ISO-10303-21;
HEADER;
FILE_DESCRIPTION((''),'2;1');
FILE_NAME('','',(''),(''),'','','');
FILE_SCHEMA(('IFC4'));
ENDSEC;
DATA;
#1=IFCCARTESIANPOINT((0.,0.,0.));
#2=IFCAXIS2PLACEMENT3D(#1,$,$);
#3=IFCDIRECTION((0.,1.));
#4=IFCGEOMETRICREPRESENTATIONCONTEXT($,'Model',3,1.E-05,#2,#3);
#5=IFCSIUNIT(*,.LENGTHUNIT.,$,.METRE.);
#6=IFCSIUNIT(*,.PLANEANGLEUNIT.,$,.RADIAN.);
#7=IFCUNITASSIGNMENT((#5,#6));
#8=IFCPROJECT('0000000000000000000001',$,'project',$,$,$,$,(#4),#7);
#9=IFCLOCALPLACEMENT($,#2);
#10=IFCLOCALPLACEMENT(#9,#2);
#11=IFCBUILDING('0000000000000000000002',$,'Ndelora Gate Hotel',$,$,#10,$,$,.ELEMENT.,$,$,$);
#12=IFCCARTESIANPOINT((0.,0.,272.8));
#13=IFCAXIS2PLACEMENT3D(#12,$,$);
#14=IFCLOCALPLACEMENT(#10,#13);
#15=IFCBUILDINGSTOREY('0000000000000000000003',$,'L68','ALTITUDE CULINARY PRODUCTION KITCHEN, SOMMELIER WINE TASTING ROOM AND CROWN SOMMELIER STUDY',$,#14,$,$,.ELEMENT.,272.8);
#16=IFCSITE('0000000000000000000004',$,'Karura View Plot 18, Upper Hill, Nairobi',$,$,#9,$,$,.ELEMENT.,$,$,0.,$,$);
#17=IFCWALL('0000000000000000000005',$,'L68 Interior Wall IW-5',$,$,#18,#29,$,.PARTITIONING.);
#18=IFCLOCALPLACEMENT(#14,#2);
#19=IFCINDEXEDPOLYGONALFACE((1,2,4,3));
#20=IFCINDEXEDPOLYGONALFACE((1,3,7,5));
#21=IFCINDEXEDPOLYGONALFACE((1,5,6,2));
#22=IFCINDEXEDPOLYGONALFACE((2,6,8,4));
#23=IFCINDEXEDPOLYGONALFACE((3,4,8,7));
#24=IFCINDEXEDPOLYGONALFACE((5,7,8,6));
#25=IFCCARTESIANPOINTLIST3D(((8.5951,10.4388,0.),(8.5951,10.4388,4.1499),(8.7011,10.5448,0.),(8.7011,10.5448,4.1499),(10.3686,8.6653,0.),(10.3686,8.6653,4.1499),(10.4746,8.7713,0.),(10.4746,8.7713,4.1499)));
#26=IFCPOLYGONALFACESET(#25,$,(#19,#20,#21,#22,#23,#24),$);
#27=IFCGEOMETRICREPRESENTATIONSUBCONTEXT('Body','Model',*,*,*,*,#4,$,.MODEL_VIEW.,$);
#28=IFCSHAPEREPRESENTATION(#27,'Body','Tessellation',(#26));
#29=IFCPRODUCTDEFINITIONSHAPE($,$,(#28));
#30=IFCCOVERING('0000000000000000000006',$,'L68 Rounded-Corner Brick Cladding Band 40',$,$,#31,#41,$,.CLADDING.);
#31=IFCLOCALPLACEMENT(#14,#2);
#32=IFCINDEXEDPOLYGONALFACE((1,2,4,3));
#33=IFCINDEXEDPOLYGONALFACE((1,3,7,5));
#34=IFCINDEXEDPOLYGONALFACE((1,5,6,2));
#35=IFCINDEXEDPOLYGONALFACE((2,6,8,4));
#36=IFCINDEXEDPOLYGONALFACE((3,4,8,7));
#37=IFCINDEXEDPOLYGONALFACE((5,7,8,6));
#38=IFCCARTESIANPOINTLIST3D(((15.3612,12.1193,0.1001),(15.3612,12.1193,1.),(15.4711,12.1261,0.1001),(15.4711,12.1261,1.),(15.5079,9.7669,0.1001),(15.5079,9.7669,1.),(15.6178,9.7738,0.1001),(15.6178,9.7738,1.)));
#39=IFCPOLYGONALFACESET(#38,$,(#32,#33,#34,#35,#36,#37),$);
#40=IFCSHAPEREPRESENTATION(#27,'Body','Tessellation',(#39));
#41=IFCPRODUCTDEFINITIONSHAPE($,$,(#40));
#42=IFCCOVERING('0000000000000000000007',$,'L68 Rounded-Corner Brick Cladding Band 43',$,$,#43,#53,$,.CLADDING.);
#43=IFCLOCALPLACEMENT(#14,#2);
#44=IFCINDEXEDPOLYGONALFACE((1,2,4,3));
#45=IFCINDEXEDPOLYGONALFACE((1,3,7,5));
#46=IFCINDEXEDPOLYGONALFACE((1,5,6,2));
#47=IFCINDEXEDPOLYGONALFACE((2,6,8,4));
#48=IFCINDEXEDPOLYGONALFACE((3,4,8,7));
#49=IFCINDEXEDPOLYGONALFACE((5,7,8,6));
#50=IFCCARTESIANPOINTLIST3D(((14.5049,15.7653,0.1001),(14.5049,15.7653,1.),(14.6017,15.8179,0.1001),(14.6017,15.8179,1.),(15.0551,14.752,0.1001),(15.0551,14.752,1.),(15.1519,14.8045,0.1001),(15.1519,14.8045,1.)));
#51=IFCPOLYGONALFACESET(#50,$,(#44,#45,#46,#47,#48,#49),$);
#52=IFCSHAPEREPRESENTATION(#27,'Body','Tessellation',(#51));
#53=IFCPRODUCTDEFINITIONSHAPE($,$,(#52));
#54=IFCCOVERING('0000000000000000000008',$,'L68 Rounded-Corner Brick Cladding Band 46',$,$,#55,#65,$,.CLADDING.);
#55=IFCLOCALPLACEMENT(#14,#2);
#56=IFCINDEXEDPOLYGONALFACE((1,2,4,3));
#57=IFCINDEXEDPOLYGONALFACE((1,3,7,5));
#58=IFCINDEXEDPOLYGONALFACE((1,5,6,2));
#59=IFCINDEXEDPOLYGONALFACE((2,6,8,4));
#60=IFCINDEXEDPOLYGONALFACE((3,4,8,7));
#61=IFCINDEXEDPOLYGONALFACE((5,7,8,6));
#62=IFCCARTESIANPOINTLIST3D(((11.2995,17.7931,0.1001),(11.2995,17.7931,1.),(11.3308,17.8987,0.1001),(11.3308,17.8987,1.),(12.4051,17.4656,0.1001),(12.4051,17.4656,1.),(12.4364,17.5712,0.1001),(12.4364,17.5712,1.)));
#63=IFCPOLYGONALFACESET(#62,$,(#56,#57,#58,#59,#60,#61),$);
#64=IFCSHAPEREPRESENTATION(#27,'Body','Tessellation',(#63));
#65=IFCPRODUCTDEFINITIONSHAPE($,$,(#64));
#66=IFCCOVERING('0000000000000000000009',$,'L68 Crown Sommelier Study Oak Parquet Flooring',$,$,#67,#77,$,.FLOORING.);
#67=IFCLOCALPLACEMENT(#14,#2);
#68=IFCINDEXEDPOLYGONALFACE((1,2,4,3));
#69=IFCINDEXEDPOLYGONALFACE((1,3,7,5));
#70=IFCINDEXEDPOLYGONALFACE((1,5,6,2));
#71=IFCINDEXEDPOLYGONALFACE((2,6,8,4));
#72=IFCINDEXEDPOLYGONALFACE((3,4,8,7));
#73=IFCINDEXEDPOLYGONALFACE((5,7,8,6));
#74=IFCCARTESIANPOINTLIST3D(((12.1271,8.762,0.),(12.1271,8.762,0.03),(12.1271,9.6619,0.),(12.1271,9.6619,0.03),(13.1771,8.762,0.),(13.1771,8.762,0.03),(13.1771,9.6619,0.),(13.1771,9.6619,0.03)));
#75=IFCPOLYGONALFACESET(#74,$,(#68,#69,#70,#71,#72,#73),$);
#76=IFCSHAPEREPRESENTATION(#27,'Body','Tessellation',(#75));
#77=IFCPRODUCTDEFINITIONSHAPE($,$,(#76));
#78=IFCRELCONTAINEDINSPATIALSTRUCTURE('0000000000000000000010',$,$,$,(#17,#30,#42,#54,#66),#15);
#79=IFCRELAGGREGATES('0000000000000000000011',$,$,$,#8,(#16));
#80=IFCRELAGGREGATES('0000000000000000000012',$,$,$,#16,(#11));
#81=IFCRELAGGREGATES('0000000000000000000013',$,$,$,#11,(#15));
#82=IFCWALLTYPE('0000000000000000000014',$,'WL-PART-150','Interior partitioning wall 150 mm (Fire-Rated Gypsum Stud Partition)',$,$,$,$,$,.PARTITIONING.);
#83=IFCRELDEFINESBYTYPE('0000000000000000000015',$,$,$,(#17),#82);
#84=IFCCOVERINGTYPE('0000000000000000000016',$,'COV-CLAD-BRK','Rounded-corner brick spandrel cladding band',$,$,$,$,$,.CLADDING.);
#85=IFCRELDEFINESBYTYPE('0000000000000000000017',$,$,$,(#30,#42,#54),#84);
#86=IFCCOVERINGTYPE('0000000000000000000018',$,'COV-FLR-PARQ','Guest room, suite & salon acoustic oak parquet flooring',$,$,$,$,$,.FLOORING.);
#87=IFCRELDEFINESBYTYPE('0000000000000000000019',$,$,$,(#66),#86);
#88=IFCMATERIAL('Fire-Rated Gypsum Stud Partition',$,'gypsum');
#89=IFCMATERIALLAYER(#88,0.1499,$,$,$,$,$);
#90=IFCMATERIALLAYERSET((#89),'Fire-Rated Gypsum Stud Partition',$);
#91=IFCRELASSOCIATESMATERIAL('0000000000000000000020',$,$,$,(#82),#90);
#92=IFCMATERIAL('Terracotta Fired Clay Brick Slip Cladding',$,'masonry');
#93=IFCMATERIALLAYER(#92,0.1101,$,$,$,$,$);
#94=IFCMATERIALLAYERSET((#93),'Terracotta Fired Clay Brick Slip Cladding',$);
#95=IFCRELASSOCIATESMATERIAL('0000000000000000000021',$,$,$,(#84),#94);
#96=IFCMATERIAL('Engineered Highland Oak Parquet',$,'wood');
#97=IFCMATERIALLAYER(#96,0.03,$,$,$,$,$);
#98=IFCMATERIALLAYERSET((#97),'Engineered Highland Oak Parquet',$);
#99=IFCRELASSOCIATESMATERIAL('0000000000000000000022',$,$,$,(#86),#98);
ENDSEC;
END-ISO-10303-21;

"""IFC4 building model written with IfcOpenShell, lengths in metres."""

from ifc_helpers import new_model, si_unit, direction, frame, frame_2d, origin, origin_2d, place, context, subcontext, project, spatial, rectangle, extrude, material, layer, layer_set, type_object, element, save


model = new_model("IFC4")

# Units and contexts
model_context = context("Model", 3, precision=1e-05, world=origin(), true_north=direction((0.0, 1.0)))
body_context = subcontext(model_context, "Body", "Model", "MODEL_VIEW")
ifc_project = project(units=[si_unit("LENGTHUNIT", "METRE"), si_unit("PLANEANGLEUNIT", "RADIAN")], contexts=[model_context])

# Site, building, storey
site_placement = place(None, origin())
site = spatial("IfcSite", under=ifc_project, at=site_placement, Name="Karura View Plot 18, Upper Hill, Nairobi", CompositionType="ELEMENT", RefElevation=0.0)
building_placement = place(site_placement, origin())
building = spatial("IfcBuilding", under=site, at=building_placement, Name="Ndelora Gate Hotel", CompositionType="ELEMENT")
storey_placement = place(building_placement, frame((0.0, 0.0, 272.8)))
storey = spatial("IfcBuildingStorey", under=building, at=storey_placement, Name="L68", Description="ALTITUDE CULINARY PRODUCTION KITCHEN, SOMMELIER WINE TASTING ROOM AND CROWN SOMMELIER STUDY", CompositionType="ELEMENT", Elevation=272.8)

# Shared definitions
ifc_material_1 = material(Name="Fire-Rated Gypsum Stud Partition", Category="gypsum")
ifc_layer_1 = layer(ifc_material_1, 0.1499)
ifc_layer_set_1 = layer_set([ifc_layer_1], Name="Fire-Rated Gypsum Stud Partition")
wall_type_1 = type_object("IfcWallType", Name="WL-PART-150", Description="Interior partitioning wall 150 mm (Fire-Rated Gypsum Stud Partition)", PredefinedType="PARTITIONING", material=ifc_layer_set_1)

# Wall
wall_1_placement = place(storey_placement, frame((8.6482, 10.4917, 0.0), z_axis=(0.0, 0.0, 1.0), x_axis=(0.707107, -0.707107, 0.0)))
element("IfcWall", 1, at=wall_1_placement, inside=storey, type_object=wall_type_1, Name="L68 Interior Wall IW-5", PredefinedType="PARTITIONING", context=body_context, shape_type="SweptSolid", body=[
    extrude(rectangle(XDim=2.5081, YDim=0.1499, at=frame_2d((1.2539, 0.0))), origin(), (0.0, 0.0, 1.0), 4.1499),
])

# Coverings
ifc_material_2 = material(Name="Terracotta Fired Clay Brick Slip Cladding", Category="masonry")
ifc_layer_2 = layer(ifc_material_2, 0.1101)
ifc_layer_set_2 = layer_set([ifc_layer_2], Name="Terracotta Fired Clay Brick Slip Cladding")
covering_type_1 = type_object("IfcCoveringType", Name="COV-CLAD-BRK", Description="Rounded-corner brick spandrel cladding band", PredefinedType="CLADDING", material=ifc_layer_set_2)
covering_1_placement = place(storey_placement, frame((15.4895, 10.9465, 0.1001), z_axis=(0.0, 0.0, 1.0), x_axis=(-0.062268, 0.998059, 0.0)))
element("IfcCovering", 2, at=covering_1_placement, inside=storey, type_object=covering_type_1, Name="L68 Rounded-Corner Brick Cladding Band 40", PredefinedType="CLADDING", context=body_context, shape_type="SweptSolid", body=[
    extrude(rectangle(XDim=2.3569, YDim=0.1101, at=origin_2d()), origin(), (0.0, 0.0, 1.0), 0.8999),
])
for number, where, z_axis, x_axis, name in (
    (3, (14.8284, 15.2849, 0.1001), (0.0, 0.0, 1.0), (-0.477159, 0.878817, 0.0), "L68 Rounded-Corner Brick Cladding Band 43"),
    (4, (11.8679, 17.6821, 0.1001), (0.0, 0.0, 1.0), (-0.95882, 0.284015, 0.0), "L68 Rounded-Corner Brick Cladding Band 46"),
):
    element("IfcCovering", number, at=place(storey_placement, frame(where, z_axis=z_axis, x_axis=x_axis)), inside=storey, type_object=covering_type_1, Name=name, PredefinedType="CLADDING", context=body_context, shape_type="SweptSolid", body=[
        extrude(rectangle(XDim=1.1531, YDim=0.1101, at=origin_2d()), origin(), (0.0, 0.0, 1.0), 0.8999),
    ])
ifc_material_3 = material(Name="Engineered Highland Oak Parquet", Category="wood")
ifc_layer_3 = layer(ifc_material_3, 0.03)
ifc_layer_set_3 = layer_set([ifc_layer_3], Name="Engineered Highland Oak Parquet")
covering_type_2 = type_object("IfcCoveringType", Name="COV-FLR-PARQ", Description="Guest room, suite & salon acoustic oak parquet flooring", PredefinedType="FLOORING", material=ifc_layer_set_3)
covering_2_placement = place(storey_placement, frame((12.6521, 9.2119, 0.0), z_axis=(0.0, 0.0, 1.0), x_axis=(1.0, 0.0, 0.0)))
element("IfcCovering", 5, at=covering_2_placement, inside=storey, type_object=covering_type_2, Name="L68 Crown Sommelier Study Oak Parquet Flooring", PredefinedType="FLOORING", context=body_context, shape_type="SweptSolid", body=[
    extrude(rectangle(XDim=1.05, YDim=0.8999, at=origin_2d()), origin(), (0.0, 0.0, 1.0), 0.03),
])

save(model, "model.ifc")
